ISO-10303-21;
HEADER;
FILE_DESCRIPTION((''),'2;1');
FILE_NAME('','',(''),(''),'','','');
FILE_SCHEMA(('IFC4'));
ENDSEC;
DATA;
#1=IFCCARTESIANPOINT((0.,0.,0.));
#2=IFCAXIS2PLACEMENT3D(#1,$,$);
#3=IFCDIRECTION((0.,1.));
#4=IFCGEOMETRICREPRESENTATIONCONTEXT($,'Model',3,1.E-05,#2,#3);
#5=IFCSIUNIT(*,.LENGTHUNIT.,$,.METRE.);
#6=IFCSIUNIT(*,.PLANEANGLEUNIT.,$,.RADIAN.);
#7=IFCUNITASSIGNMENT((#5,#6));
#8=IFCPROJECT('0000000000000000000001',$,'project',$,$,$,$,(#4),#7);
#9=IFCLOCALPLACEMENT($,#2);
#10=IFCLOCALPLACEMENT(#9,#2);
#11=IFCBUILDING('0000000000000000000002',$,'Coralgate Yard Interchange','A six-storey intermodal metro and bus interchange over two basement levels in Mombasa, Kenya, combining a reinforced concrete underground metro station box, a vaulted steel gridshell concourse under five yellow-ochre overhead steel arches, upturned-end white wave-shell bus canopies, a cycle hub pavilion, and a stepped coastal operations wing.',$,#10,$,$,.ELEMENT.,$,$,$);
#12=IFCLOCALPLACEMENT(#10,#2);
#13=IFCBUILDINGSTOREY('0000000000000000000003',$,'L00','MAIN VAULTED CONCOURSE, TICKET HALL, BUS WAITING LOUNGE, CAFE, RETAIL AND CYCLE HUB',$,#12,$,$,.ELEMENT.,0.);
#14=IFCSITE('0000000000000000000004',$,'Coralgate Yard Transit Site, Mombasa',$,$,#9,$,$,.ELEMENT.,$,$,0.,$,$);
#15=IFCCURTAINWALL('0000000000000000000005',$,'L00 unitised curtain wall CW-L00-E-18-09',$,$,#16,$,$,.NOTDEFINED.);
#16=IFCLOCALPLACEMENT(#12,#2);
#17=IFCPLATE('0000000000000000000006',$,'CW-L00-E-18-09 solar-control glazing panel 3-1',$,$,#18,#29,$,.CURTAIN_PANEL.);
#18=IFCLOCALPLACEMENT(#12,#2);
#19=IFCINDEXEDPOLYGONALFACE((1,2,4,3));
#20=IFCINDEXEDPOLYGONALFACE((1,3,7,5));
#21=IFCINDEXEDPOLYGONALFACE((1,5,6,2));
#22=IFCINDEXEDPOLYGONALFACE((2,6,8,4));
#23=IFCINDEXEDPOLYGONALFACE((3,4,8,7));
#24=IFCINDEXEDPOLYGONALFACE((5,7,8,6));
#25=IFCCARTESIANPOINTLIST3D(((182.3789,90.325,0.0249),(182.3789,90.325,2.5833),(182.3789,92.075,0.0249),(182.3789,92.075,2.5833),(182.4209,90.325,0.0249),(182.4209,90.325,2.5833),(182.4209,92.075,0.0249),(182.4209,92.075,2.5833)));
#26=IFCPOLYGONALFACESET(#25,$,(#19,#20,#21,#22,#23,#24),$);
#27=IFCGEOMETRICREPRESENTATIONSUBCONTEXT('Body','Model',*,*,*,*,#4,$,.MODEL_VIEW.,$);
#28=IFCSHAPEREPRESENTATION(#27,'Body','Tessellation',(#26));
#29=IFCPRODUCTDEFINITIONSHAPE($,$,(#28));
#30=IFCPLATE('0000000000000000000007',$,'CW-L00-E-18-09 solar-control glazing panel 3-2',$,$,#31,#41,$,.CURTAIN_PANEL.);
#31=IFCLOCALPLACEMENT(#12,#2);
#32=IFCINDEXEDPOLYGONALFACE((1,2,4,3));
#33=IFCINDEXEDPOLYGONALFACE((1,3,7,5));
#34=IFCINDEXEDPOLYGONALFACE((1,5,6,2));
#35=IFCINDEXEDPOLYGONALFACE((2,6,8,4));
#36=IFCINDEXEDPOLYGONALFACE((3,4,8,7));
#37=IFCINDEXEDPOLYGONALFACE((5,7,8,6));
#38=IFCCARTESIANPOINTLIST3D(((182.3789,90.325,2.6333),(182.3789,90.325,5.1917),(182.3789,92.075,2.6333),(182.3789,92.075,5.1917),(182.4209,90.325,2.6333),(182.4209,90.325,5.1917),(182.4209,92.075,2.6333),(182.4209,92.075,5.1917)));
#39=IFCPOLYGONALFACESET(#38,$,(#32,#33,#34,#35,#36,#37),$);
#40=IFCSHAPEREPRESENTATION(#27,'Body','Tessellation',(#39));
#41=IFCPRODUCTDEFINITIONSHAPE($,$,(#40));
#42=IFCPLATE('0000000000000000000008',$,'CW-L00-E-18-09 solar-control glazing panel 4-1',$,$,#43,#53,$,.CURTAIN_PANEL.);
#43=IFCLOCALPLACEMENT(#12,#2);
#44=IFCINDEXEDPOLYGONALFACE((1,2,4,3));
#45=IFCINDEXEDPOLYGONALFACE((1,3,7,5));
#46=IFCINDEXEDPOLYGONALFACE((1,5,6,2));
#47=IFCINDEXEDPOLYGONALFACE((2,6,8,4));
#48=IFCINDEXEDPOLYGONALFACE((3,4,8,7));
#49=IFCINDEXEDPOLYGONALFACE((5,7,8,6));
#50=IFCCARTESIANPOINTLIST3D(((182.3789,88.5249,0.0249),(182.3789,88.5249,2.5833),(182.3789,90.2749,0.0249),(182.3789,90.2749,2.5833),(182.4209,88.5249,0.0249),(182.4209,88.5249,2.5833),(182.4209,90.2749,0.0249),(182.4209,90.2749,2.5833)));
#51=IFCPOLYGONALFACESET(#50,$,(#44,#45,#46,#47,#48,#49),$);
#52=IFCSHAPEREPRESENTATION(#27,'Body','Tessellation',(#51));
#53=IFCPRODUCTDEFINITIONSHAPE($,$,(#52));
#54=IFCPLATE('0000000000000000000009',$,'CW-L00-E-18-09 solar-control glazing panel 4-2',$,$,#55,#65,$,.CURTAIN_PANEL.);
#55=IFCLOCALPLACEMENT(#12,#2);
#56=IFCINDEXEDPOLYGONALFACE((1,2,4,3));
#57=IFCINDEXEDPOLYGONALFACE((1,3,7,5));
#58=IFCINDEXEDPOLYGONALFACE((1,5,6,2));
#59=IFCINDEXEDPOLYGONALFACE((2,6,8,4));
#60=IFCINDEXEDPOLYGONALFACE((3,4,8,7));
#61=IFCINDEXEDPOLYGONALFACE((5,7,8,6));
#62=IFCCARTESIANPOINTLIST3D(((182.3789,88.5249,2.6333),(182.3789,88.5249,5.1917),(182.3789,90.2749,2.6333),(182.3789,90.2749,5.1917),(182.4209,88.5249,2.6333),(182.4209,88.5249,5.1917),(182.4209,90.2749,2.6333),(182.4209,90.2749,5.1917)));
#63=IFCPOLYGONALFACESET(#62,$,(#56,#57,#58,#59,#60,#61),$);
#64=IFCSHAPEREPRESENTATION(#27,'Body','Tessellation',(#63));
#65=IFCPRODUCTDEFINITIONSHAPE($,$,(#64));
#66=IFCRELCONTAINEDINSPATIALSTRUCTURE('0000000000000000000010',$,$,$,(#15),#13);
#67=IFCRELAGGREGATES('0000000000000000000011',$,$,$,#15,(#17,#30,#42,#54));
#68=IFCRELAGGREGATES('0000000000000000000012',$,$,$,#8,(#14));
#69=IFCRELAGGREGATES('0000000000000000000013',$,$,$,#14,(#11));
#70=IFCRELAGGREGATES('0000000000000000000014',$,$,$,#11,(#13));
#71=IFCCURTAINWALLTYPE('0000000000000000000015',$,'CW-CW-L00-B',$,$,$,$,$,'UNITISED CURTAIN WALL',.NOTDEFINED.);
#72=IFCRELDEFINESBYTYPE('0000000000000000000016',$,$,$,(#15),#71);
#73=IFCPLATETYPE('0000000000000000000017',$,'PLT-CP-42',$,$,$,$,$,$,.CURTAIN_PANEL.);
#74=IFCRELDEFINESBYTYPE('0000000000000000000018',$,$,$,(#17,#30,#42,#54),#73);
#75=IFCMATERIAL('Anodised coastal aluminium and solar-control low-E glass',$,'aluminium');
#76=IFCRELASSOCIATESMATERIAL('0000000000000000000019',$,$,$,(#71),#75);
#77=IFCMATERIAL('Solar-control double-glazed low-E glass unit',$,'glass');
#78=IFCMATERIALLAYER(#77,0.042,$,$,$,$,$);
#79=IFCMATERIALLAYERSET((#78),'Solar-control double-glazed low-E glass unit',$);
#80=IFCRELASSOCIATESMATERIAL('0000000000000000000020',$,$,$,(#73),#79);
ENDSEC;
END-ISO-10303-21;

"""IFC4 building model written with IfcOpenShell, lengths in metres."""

from ifc_helpers import new_model, si_unit, direction, frame, origin, origin_2d, place, context, subcontext, project, spatial, rectangle, extrude, material, layer, layer_set, type_object, element, aggregate, save


model = new_model("IFC4")

# Units and contexts
model_context = context("Model", 3, precision=1e-05, world=origin(), true_north=direction((0.0, 1.0)))
body_context = subcontext(model_context, "Body", "Model", "MODEL_VIEW")
ifc_project = project(units=[si_unit("LENGTHUNIT", "METRE"), si_unit("PLANEANGLEUNIT", "RADIAN")], contexts=[model_context])

# Site, building, storey
site_placement = place(None, origin())
site = spatial("IfcSite", under=ifc_project, at=site_placement, Name="Coralgate Yard Transit Site, Mombasa", CompositionType="ELEMENT", RefElevation=0.0)
building_placement = place(site_placement, origin())
building = spatial("IfcBuilding", under=site, at=building_placement, Name="Coralgate Yard Interchange", Description="A six-storey intermodal metro and bus interchange over two basement levels in Mombasa, Kenya, combining a reinforced concrete underground metro station box, a vaulted steel gridshell concourse under five yellow-ochre overhead steel arches, upturned-end white wave-shell bus canopies, a cycle hub pavilion, and a stepped coastal operations wing.", CompositionType="ELEMENT")
storey_placement = place(building_placement, origin())
storey = spatial("IfcBuildingStorey", under=building, at=storey_placement, Name="L00", Description="MAIN VAULTED CONCOURSE, TICKET HALL, BUS WAITING LOUNGE, CAFE, RETAIL AND CYCLE HUB", CompositionType="ELEMENT", Elevation=0.0)

# Curtain wall, plates
ifc_material_1 = material(Name="Anodised coastal aluminium and solar-control low-E glass", Category="aluminium")
curtain_wall_type = type_object("IfcCurtainWallType", Name="CW-CW-L00-B", ElementType="UNITISED CURTAIN WALL", PredefinedType="NOTDEFINED", material=ifc_material_1)
curtain_wall_placement = place(storey_placement, origin())
curtain_wall = element("IfcCurtainWall", 1, at=curtain_wall_placement, inside=storey, type_object=curtain_wall_type, Name="L00 unitised curtain wall CW-L00-E-18-09", PredefinedType="NOTDEFINED")
ifc_material_2 = material(Name="Solar-control double-glazed low-E glass unit", Category="glass")
ifc_layer = layer(ifc_material_2, 0.042)
ifc_layer_set = layer_set([ifc_layer], Name="Solar-control double-glazed low-E glass unit")
plate_type = type_object("IfcPlateType", Name="PLT-CP-42", PredefinedType="CURTAIN_PANEL", material=ifc_layer_set)
plate_1_placement = place(storey_placement, frame((182.3999, 91.2, 0.0249), z_axis=(0.0, 0.0, 1.0), x_axis=(0.0, -1.0, 0.0)))
plate_1 = element("IfcPlate", 2, at=plate_1_placement, type_object=plate_type, Name="CW-L00-E-18-09 solar-control glazing panel 3-1", PredefinedType="CURTAIN_PANEL", context=body_context, shape_type="SweptSolid", body=[
    extrude(rectangle(XDim=1.75, YDim=0.042, at=origin_2d()), origin(), (0.0, 0.0, 1.0), 2.5583),
])
plate_2_placement = place(storey_placement, frame((182.3999, 91.2, 2.6333), z_axis=(0.0, 0.0, 1.0), x_axis=(0.0, -1.0, 0.0)))
plate_2 = element("IfcPlate", 3, at=plate_2_placement, type_object=plate_type, Name="CW-L00-E-18-09 solar-control glazing panel 3-2", PredefinedType="CURTAIN_PANEL", context=body_context, shape_type="SweptSolid", body=[
    extrude(rectangle(XDim=1.75, YDim=0.042, at=origin_2d()), origin(), (0.0, 0.0, 1.0), 2.5583),
])
plate_3_placement = place(storey_placement, frame((182.3999, 89.3999, 0.0249), z_axis=(0.0, 0.0, 1.0), x_axis=(0.0, -1.0, 0.0)))
plate_3 = element("IfcPlate", 4, at=plate_3_placement, type_object=plate_type, Name="CW-L00-E-18-09 solar-control glazing panel 4-1", PredefinedType="CURTAIN_PANEL", context=body_context, shape_type="SweptSolid", body=[
    extrude(rectangle(XDim=1.75, YDim=0.042, at=origin_2d()), origin(), (0.0, 0.0, 1.0), 2.5583),
])
plate_4_placement = place(storey_placement, frame((182.3999, 89.3999, 2.6333), z_axis=(0.0, 0.0, 1.0), x_axis=(0.0, -1.0, 0.0)))
plate_4 = element("IfcPlate", 5, at=plate_4_placement, type_object=plate_type, Name="CW-L00-E-18-09 solar-control glazing panel 4-2", PredefinedType="CURTAIN_PANEL", context=body_context, shape_type="SweptSolid", body=[
    extrude(rectangle(XDim=1.75, YDim=0.042, at=origin_2d()), origin(), (0.0, 0.0, 1.0), 2.5583),
])
aggregate(curtain_wall, [plate_1, plate_2, plate_3, plate_4])

save(model, "model.ifc")
